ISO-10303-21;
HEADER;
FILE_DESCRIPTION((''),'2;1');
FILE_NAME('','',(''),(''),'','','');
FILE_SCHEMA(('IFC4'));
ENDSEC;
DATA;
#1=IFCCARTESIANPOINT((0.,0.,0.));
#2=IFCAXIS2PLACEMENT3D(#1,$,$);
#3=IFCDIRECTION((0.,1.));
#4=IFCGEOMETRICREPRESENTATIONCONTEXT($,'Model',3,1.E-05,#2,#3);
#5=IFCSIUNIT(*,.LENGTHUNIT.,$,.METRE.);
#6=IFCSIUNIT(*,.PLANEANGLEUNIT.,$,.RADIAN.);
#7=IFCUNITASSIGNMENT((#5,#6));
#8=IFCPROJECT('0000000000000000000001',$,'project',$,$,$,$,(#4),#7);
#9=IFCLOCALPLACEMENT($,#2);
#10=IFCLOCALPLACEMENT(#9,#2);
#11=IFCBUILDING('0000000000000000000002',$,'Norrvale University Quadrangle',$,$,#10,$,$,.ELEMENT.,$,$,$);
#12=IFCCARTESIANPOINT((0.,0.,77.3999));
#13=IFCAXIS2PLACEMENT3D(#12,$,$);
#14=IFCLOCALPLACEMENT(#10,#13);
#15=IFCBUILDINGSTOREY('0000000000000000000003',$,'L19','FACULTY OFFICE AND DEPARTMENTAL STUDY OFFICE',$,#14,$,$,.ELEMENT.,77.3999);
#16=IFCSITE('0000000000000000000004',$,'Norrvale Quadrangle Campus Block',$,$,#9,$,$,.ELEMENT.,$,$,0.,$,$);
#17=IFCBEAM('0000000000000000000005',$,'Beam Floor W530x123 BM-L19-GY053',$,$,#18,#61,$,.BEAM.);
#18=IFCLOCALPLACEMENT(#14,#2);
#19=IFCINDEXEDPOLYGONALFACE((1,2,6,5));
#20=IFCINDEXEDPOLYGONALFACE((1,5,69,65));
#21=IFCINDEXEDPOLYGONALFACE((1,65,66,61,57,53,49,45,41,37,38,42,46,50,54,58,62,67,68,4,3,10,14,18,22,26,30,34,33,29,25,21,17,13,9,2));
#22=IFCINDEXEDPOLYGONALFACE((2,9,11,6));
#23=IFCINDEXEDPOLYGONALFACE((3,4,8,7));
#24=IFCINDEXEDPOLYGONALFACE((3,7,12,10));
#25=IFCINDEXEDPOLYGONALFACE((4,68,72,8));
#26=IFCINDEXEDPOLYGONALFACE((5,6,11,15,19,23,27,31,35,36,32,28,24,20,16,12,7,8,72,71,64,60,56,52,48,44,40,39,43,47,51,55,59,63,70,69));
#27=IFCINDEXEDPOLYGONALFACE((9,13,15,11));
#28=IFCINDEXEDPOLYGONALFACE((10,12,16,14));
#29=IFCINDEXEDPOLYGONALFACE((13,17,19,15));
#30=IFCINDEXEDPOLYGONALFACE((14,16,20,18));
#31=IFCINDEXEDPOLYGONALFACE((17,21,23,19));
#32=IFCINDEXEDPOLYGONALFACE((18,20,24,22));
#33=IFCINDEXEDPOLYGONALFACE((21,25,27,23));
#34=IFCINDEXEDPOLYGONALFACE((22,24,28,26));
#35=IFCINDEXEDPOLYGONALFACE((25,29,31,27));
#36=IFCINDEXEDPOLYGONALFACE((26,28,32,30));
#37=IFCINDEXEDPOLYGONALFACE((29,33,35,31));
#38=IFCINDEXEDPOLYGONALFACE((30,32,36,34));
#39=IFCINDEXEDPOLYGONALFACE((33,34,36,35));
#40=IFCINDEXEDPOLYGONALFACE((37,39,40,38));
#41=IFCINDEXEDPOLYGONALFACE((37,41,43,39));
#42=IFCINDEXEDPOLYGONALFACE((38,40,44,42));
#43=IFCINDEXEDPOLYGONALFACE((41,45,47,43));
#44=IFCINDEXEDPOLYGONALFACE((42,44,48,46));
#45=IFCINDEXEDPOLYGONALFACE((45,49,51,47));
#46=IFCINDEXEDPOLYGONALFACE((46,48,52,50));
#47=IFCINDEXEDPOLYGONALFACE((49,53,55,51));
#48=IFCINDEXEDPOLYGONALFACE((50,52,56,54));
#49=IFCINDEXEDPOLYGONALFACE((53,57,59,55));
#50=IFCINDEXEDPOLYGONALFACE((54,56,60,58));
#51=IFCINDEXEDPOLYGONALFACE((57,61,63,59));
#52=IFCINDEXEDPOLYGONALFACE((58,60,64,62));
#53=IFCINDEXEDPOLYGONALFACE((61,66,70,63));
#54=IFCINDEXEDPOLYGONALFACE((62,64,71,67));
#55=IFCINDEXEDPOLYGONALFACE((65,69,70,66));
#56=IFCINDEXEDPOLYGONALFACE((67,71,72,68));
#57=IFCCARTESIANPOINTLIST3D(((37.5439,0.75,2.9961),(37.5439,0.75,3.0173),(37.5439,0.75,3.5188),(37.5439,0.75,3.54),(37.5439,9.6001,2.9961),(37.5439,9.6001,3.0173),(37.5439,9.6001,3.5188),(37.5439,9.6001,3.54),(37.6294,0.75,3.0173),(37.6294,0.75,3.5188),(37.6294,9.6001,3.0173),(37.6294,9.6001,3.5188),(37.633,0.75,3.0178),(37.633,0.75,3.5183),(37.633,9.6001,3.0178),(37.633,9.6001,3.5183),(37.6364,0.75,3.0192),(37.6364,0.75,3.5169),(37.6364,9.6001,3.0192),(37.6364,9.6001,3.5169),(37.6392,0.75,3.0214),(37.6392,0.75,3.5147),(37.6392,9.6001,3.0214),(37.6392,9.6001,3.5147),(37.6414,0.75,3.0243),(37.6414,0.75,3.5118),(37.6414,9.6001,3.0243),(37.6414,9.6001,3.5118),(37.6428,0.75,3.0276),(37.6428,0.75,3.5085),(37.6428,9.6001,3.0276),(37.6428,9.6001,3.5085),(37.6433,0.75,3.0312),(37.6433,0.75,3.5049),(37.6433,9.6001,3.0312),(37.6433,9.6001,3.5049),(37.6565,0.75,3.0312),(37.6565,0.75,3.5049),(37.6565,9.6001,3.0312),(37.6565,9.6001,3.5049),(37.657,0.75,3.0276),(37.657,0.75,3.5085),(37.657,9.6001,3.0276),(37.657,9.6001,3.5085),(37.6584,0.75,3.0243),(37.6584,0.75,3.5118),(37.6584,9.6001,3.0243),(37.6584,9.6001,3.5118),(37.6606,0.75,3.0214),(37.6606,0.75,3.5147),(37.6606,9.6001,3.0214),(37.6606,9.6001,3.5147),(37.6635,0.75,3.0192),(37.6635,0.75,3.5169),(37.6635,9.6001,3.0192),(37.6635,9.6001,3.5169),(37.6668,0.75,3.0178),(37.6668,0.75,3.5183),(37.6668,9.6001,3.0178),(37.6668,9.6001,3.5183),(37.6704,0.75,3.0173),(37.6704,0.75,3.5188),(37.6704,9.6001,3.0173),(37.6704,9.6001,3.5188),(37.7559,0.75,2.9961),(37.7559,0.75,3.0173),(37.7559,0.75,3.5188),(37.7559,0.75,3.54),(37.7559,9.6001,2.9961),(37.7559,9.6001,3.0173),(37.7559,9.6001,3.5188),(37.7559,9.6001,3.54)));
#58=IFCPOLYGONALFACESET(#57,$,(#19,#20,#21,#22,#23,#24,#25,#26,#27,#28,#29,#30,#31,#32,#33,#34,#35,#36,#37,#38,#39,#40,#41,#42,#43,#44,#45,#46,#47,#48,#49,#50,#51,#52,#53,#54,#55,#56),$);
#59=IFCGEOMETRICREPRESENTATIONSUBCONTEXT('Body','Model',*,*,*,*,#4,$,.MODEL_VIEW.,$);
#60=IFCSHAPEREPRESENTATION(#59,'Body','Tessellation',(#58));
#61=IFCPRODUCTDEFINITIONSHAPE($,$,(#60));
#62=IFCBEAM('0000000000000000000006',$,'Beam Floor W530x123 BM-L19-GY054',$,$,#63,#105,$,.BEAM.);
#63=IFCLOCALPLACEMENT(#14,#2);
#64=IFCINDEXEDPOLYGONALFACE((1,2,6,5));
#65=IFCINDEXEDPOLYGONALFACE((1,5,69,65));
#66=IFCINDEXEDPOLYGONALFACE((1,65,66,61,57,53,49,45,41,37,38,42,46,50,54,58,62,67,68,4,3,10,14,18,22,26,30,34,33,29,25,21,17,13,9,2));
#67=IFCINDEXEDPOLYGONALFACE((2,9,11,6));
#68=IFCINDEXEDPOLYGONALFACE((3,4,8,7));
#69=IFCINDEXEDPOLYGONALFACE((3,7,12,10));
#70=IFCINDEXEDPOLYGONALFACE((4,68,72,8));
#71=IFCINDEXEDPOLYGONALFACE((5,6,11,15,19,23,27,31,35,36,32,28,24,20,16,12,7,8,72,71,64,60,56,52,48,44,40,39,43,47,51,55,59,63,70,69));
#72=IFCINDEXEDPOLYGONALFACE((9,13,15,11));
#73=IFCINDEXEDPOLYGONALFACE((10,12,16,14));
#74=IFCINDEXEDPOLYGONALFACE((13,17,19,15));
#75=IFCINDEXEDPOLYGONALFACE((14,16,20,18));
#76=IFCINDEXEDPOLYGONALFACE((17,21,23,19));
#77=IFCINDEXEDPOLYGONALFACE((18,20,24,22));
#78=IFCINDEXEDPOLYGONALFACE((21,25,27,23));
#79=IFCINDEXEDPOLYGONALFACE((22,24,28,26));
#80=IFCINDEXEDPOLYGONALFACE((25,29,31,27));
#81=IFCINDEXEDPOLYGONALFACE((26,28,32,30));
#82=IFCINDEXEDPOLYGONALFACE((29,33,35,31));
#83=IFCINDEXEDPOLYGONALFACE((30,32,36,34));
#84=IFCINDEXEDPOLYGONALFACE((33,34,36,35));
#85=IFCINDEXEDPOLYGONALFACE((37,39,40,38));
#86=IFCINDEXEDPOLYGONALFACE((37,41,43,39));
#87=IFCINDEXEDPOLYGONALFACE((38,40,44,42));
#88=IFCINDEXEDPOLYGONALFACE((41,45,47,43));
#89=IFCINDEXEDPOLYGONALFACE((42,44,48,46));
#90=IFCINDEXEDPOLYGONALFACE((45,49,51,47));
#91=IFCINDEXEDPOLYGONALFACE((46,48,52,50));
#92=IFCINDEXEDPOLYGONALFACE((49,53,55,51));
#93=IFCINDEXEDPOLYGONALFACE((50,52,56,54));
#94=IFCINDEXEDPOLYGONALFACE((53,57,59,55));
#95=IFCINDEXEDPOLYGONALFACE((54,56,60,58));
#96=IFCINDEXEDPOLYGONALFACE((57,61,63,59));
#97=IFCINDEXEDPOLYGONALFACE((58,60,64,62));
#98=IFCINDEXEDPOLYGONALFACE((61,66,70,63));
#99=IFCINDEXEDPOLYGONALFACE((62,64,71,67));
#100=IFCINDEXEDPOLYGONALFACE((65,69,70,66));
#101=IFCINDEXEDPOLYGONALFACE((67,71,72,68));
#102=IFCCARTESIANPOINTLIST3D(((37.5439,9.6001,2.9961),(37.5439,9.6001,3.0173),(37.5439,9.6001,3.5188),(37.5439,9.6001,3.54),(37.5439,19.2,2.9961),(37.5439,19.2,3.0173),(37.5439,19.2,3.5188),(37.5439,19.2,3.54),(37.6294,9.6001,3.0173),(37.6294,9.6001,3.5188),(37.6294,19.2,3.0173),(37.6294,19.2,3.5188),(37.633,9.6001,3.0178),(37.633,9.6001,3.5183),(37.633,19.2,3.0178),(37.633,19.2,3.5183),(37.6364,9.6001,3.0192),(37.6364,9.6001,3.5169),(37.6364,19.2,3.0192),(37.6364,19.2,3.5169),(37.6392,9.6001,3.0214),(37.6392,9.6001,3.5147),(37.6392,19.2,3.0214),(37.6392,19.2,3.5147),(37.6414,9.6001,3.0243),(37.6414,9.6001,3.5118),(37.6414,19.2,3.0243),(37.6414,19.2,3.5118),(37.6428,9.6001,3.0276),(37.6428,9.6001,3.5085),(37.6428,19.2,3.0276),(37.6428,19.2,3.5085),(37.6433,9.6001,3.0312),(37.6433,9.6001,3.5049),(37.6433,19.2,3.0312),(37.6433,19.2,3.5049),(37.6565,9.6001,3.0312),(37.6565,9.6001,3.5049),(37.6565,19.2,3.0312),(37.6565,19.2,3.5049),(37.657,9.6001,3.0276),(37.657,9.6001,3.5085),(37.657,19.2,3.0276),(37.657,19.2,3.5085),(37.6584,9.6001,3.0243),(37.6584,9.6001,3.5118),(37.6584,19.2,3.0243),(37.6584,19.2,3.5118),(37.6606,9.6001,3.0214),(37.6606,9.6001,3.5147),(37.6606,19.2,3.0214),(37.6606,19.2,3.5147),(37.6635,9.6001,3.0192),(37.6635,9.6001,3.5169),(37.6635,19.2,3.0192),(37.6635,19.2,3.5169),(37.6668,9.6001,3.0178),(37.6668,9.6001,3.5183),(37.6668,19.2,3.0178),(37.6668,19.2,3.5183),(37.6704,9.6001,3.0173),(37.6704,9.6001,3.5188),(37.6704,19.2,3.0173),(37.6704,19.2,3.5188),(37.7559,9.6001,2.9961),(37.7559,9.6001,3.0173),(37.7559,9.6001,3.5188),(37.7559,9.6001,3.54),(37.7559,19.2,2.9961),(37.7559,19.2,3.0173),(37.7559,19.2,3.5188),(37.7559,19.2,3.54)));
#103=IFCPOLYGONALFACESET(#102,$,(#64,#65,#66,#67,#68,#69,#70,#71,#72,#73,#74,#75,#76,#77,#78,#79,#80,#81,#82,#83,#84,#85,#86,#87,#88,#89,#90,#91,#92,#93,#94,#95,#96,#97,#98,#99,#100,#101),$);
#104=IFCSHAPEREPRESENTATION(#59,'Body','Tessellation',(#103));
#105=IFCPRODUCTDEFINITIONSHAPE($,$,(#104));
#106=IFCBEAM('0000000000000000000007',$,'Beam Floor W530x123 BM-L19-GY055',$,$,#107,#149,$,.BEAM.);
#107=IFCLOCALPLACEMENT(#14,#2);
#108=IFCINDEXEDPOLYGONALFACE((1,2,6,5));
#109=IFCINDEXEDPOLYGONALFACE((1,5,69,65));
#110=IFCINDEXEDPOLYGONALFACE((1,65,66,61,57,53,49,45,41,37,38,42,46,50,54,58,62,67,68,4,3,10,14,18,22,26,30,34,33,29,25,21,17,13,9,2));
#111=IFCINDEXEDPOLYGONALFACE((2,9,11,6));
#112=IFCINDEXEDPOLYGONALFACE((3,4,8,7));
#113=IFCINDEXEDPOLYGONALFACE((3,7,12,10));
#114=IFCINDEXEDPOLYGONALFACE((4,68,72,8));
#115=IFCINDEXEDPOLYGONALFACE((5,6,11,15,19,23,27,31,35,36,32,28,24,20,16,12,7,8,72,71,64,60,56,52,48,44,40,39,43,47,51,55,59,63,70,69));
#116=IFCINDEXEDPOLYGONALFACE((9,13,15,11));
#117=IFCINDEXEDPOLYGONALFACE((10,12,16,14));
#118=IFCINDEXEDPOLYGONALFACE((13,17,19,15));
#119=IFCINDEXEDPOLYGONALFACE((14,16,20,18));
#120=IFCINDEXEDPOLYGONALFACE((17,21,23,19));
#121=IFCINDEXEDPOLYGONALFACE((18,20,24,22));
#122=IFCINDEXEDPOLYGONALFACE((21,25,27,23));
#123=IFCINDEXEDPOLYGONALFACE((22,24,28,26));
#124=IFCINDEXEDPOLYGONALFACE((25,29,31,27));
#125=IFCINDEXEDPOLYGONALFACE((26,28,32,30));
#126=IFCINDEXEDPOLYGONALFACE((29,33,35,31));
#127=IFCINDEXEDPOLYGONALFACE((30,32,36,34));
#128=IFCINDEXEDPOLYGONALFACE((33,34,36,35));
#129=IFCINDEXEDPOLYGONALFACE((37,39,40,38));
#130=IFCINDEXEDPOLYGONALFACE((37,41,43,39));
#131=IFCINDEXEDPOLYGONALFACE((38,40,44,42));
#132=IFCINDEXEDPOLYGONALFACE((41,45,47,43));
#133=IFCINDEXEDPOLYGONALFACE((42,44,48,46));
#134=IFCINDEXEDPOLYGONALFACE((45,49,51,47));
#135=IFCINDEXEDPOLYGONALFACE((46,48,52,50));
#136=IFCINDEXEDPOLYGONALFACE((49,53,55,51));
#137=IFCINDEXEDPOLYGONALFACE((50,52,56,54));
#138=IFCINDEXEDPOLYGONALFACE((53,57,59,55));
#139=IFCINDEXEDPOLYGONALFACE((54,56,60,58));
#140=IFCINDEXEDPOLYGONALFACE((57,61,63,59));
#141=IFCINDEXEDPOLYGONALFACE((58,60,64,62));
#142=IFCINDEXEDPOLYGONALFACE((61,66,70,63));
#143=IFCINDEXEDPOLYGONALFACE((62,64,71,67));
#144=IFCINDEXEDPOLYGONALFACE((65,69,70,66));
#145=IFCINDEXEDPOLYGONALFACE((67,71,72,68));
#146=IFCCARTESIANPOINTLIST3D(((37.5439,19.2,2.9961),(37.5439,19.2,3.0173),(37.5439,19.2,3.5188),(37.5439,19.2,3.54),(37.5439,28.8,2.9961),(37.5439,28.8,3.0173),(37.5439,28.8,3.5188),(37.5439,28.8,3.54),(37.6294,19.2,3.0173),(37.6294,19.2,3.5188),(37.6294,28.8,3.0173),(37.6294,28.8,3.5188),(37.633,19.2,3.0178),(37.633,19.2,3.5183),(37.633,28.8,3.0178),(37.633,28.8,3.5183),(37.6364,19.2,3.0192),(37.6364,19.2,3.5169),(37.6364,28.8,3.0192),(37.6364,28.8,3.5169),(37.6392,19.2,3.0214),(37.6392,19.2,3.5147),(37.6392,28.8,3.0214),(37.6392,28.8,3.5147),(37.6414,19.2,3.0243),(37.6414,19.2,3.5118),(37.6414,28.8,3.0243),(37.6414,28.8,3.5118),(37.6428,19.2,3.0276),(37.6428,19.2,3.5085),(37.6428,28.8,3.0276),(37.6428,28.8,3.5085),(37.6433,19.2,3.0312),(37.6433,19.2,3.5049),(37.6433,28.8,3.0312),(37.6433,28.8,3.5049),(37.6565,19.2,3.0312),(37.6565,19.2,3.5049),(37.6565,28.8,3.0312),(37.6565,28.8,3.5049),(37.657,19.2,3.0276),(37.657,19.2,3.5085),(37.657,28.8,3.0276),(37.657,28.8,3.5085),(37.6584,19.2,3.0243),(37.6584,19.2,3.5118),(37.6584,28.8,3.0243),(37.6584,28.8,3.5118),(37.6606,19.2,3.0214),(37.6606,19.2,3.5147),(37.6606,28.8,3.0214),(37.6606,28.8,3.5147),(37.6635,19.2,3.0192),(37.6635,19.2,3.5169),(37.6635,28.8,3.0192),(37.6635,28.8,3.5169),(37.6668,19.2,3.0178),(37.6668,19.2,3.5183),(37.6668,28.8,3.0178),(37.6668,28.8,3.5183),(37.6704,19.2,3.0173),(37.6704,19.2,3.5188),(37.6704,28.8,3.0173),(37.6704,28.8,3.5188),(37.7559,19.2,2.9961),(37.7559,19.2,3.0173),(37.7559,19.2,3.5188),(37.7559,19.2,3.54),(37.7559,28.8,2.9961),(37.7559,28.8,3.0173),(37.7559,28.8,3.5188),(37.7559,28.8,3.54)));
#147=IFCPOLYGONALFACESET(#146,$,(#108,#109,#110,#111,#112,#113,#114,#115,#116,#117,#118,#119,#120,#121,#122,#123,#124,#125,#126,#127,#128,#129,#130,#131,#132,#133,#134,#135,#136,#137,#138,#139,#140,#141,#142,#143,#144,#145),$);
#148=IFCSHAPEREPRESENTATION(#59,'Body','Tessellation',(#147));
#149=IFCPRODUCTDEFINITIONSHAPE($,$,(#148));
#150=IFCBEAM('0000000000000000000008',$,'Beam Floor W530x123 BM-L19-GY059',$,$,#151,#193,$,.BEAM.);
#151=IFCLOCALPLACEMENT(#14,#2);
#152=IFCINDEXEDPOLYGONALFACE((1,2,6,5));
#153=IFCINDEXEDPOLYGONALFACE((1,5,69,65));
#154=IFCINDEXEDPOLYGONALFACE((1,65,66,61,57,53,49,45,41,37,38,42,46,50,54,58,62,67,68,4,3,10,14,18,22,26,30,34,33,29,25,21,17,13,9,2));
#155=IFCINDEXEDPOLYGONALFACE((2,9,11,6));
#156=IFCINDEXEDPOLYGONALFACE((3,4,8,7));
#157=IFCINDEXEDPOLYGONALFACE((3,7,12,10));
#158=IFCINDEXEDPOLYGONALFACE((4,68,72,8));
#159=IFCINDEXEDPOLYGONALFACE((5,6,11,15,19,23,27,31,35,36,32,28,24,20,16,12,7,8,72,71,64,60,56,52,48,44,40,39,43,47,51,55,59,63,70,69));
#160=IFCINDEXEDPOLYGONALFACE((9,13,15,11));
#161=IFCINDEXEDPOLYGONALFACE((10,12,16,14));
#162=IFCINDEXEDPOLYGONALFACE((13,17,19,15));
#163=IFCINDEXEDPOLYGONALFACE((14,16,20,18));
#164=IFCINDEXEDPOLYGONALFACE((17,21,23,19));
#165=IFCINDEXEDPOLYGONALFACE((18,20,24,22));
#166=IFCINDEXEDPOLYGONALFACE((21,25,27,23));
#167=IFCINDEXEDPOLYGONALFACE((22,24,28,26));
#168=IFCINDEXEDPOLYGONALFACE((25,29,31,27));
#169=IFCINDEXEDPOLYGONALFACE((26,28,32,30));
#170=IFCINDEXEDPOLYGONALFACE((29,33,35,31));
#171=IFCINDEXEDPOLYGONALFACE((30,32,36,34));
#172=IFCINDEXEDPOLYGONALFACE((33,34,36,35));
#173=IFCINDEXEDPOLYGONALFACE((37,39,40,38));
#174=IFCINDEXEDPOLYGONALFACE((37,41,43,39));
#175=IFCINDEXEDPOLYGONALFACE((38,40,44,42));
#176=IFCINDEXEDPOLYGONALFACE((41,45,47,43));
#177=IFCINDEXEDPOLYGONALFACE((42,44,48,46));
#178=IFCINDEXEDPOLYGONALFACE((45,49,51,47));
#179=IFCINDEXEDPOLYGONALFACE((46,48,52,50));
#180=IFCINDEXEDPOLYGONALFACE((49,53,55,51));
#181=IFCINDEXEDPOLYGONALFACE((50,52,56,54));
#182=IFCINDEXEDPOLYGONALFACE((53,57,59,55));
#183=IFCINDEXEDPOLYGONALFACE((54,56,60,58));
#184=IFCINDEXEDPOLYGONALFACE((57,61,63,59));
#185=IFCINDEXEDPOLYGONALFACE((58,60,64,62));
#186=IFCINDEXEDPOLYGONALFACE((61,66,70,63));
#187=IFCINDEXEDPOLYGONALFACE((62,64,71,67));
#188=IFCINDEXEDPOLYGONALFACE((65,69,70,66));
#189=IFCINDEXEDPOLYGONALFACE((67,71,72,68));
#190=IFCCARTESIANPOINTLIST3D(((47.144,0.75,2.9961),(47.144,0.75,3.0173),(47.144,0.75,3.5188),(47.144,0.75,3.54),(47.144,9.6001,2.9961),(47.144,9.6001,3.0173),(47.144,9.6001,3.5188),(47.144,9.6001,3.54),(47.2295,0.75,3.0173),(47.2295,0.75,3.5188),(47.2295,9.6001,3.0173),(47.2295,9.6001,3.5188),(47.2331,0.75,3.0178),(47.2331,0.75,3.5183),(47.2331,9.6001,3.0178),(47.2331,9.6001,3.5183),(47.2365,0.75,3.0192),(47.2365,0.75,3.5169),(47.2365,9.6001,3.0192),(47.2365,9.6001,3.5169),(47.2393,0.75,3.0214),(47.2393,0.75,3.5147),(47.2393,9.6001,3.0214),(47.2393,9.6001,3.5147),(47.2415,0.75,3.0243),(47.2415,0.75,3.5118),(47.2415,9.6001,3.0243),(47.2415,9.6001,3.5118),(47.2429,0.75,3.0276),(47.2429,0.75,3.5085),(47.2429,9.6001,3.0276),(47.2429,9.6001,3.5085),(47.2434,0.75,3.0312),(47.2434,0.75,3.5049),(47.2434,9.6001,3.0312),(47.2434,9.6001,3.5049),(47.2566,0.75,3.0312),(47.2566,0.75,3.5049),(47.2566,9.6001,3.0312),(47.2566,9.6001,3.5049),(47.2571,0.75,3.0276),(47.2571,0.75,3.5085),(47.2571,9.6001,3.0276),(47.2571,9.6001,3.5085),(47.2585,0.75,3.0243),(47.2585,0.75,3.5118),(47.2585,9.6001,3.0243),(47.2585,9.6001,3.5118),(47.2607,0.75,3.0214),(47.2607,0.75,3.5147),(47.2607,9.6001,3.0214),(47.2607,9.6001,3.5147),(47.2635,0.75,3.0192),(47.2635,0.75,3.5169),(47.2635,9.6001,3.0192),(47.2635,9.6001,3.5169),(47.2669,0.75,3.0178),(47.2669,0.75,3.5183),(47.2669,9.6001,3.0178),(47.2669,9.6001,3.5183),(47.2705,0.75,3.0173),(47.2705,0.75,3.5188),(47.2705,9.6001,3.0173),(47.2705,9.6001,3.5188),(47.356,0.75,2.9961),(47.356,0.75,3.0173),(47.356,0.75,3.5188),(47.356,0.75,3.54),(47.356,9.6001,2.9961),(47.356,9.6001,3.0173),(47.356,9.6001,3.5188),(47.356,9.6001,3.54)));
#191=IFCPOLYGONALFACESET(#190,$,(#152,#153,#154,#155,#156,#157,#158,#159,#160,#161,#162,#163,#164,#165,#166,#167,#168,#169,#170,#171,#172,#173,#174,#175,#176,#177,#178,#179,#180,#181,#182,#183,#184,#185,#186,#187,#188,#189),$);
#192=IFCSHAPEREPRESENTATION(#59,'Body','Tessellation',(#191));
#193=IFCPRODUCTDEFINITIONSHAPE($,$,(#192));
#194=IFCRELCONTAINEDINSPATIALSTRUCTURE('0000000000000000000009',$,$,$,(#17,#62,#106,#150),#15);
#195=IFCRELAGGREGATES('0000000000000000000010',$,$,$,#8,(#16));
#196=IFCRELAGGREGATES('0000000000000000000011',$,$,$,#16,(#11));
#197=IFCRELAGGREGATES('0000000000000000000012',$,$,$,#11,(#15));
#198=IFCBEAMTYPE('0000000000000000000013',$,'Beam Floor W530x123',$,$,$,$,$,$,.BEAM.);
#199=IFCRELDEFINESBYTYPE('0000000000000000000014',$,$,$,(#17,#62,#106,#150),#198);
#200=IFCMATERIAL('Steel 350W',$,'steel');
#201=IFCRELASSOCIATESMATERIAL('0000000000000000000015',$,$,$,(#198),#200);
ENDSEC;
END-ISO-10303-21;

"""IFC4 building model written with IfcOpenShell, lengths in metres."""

from ifc_helpers import new_model, si_unit, direction, frame, origin, origin_2d, place, context, subcontext, project, spatial, i_section, extrude, material, material_profile, profile_set, type_object, element, save


model = new_model("IFC4")

# Units and contexts
model_context = context("Model", 3, precision=1e-05, world=origin(), true_north=direction((0.0, 1.0)))
body_context = subcontext(model_context, "Body", "Model", "MODEL_VIEW")
ifc_project = project(units=[si_unit("LENGTHUNIT", "METRE"), si_unit("PLANEANGLEUNIT", "RADIAN")], contexts=[model_context])

# Site, building, storey
site_placement = place(None, origin())
site = spatial("IfcSite", under=ifc_project, at=site_placement, Name="Norrvale Quadrangle Campus Block", CompositionType="ELEMENT", RefElevation=0.0)
building_placement = place(site_placement, origin())
building = spatial("IfcBuilding", under=site, at=building_placement, Name="Norrvale University Quadrangle", CompositionType="ELEMENT")
storey_placement = place(building_placement, frame((0.0, 0.0, 77.3999)))
storey = spatial("IfcBuildingStorey", under=building, at=storey_placement, Name="L19", Description="FACULTY OFFICE AND DEPARTMENTAL STUDY OFFICE", CompositionType="ELEMENT", Elevation=77.3999)

# Beams
ifc_material_1 = material(Name="Steel 350W", Category="steel")
ifc_material_profile_1 = material_profile(ifc_material_1, i_section(OverallWidth=0.2119, OverallDepth=0.5439, WebThickness=0.0132, FlangeThickness=0.0212, FilletRadius=0.0139, at=origin_2d()), Name="Steel 350W")
ifc_profile_set_1 = profile_set([ifc_material_profile_1], Name="Steel 350W")
beam_type_1 = type_object("IfcBeamType", Name="Beam Floor W530x123", PredefinedType="BEAM", material=ifc_profile_set_1)
beam_1_placement = place(storey_placement, frame((37.6499, 0.75, 3.2681), z_axis=(0.0, 1.0, 0.0), x_axis=(-1.0, 0.0, 0.0)))
element("IfcBeam", 1, at=beam_1_placement, inside=storey, type_object=beam_type_1, Name="Beam Floor W530x123 BM-L19-GY053", PredefinedType="BEAM", context=body_context, shape_type="SweptSolid", body=[
    extrude(i_section(OverallWidth=0.2119, OverallDepth=0.5439, WebThickness=0.0132, FlangeThickness=0.0212, FilletRadius=0.0139, at=origin_2d()), origin(), (0.0, 0.0, 1.0), 8.8501),
])
beam_2_placement = place(storey_placement, frame((37.6499, 9.6001, 3.2681), z_axis=(0.0, 1.0, 0.0), x_axis=(-1.0, 0.0, 0.0)))
element("IfcBeam", 2, at=beam_2_placement, inside=storey, type_object=beam_type_1, Name="Beam Floor W530x123 BM-L19-GY054", PredefinedType="BEAM", context=body_context, shape_type="SweptSolid", body=[
    extrude(i_section(OverallWidth=0.2119, OverallDepth=0.5439, WebThickness=0.0132, FlangeThickness=0.0212, FilletRadius=0.0139, at=origin_2d()), origin(), (0.0, 0.0, 1.0), 9.5999),
])
beam_3_placement = place(storey_placement, frame((37.6499, 19.2, 3.2681), z_axis=(0.0, 1.0, 0.0), x_axis=(-1.0, 0.0, 0.0)))
element("IfcBeam", 3, at=beam_3_placement, inside=storey, type_object=beam_type_1, Name="Beam Floor W530x123 BM-L19-GY055", PredefinedType="BEAM", context=body_context, shape_type="SweptSolid", body=[
    extrude(i_section(OverallWidth=0.2119, OverallDepth=0.5439, WebThickness=0.0132, FlangeThickness=0.0212, FilletRadius=0.0139, at=origin_2d()), origin(), (0.0, 0.0, 1.0), 9.6001),
])
beam_4_placement = place(storey_placement, frame((47.25, 0.75, 3.2681), z_axis=(0.0, 1.0, 0.0), x_axis=(-1.0, 0.0, 0.0)))
element("IfcBeam", 4, at=beam_4_placement, inside=storey, type_object=beam_type_1, Name="Beam Floor W530x123 BM-L19-GY059", PredefinedType="BEAM", context=body_context, shape_type="SweptSolid", body=[
    extrude(i_section(OverallWidth=0.2119, OverallDepth=0.5439, WebThickness=0.0132, FlangeThickness=0.0212, FilletRadius=0.0139, at=origin_2d()), origin(), (0.0, 0.0, 1.0), 8.8501),
])

save(model, "model.ifc")
